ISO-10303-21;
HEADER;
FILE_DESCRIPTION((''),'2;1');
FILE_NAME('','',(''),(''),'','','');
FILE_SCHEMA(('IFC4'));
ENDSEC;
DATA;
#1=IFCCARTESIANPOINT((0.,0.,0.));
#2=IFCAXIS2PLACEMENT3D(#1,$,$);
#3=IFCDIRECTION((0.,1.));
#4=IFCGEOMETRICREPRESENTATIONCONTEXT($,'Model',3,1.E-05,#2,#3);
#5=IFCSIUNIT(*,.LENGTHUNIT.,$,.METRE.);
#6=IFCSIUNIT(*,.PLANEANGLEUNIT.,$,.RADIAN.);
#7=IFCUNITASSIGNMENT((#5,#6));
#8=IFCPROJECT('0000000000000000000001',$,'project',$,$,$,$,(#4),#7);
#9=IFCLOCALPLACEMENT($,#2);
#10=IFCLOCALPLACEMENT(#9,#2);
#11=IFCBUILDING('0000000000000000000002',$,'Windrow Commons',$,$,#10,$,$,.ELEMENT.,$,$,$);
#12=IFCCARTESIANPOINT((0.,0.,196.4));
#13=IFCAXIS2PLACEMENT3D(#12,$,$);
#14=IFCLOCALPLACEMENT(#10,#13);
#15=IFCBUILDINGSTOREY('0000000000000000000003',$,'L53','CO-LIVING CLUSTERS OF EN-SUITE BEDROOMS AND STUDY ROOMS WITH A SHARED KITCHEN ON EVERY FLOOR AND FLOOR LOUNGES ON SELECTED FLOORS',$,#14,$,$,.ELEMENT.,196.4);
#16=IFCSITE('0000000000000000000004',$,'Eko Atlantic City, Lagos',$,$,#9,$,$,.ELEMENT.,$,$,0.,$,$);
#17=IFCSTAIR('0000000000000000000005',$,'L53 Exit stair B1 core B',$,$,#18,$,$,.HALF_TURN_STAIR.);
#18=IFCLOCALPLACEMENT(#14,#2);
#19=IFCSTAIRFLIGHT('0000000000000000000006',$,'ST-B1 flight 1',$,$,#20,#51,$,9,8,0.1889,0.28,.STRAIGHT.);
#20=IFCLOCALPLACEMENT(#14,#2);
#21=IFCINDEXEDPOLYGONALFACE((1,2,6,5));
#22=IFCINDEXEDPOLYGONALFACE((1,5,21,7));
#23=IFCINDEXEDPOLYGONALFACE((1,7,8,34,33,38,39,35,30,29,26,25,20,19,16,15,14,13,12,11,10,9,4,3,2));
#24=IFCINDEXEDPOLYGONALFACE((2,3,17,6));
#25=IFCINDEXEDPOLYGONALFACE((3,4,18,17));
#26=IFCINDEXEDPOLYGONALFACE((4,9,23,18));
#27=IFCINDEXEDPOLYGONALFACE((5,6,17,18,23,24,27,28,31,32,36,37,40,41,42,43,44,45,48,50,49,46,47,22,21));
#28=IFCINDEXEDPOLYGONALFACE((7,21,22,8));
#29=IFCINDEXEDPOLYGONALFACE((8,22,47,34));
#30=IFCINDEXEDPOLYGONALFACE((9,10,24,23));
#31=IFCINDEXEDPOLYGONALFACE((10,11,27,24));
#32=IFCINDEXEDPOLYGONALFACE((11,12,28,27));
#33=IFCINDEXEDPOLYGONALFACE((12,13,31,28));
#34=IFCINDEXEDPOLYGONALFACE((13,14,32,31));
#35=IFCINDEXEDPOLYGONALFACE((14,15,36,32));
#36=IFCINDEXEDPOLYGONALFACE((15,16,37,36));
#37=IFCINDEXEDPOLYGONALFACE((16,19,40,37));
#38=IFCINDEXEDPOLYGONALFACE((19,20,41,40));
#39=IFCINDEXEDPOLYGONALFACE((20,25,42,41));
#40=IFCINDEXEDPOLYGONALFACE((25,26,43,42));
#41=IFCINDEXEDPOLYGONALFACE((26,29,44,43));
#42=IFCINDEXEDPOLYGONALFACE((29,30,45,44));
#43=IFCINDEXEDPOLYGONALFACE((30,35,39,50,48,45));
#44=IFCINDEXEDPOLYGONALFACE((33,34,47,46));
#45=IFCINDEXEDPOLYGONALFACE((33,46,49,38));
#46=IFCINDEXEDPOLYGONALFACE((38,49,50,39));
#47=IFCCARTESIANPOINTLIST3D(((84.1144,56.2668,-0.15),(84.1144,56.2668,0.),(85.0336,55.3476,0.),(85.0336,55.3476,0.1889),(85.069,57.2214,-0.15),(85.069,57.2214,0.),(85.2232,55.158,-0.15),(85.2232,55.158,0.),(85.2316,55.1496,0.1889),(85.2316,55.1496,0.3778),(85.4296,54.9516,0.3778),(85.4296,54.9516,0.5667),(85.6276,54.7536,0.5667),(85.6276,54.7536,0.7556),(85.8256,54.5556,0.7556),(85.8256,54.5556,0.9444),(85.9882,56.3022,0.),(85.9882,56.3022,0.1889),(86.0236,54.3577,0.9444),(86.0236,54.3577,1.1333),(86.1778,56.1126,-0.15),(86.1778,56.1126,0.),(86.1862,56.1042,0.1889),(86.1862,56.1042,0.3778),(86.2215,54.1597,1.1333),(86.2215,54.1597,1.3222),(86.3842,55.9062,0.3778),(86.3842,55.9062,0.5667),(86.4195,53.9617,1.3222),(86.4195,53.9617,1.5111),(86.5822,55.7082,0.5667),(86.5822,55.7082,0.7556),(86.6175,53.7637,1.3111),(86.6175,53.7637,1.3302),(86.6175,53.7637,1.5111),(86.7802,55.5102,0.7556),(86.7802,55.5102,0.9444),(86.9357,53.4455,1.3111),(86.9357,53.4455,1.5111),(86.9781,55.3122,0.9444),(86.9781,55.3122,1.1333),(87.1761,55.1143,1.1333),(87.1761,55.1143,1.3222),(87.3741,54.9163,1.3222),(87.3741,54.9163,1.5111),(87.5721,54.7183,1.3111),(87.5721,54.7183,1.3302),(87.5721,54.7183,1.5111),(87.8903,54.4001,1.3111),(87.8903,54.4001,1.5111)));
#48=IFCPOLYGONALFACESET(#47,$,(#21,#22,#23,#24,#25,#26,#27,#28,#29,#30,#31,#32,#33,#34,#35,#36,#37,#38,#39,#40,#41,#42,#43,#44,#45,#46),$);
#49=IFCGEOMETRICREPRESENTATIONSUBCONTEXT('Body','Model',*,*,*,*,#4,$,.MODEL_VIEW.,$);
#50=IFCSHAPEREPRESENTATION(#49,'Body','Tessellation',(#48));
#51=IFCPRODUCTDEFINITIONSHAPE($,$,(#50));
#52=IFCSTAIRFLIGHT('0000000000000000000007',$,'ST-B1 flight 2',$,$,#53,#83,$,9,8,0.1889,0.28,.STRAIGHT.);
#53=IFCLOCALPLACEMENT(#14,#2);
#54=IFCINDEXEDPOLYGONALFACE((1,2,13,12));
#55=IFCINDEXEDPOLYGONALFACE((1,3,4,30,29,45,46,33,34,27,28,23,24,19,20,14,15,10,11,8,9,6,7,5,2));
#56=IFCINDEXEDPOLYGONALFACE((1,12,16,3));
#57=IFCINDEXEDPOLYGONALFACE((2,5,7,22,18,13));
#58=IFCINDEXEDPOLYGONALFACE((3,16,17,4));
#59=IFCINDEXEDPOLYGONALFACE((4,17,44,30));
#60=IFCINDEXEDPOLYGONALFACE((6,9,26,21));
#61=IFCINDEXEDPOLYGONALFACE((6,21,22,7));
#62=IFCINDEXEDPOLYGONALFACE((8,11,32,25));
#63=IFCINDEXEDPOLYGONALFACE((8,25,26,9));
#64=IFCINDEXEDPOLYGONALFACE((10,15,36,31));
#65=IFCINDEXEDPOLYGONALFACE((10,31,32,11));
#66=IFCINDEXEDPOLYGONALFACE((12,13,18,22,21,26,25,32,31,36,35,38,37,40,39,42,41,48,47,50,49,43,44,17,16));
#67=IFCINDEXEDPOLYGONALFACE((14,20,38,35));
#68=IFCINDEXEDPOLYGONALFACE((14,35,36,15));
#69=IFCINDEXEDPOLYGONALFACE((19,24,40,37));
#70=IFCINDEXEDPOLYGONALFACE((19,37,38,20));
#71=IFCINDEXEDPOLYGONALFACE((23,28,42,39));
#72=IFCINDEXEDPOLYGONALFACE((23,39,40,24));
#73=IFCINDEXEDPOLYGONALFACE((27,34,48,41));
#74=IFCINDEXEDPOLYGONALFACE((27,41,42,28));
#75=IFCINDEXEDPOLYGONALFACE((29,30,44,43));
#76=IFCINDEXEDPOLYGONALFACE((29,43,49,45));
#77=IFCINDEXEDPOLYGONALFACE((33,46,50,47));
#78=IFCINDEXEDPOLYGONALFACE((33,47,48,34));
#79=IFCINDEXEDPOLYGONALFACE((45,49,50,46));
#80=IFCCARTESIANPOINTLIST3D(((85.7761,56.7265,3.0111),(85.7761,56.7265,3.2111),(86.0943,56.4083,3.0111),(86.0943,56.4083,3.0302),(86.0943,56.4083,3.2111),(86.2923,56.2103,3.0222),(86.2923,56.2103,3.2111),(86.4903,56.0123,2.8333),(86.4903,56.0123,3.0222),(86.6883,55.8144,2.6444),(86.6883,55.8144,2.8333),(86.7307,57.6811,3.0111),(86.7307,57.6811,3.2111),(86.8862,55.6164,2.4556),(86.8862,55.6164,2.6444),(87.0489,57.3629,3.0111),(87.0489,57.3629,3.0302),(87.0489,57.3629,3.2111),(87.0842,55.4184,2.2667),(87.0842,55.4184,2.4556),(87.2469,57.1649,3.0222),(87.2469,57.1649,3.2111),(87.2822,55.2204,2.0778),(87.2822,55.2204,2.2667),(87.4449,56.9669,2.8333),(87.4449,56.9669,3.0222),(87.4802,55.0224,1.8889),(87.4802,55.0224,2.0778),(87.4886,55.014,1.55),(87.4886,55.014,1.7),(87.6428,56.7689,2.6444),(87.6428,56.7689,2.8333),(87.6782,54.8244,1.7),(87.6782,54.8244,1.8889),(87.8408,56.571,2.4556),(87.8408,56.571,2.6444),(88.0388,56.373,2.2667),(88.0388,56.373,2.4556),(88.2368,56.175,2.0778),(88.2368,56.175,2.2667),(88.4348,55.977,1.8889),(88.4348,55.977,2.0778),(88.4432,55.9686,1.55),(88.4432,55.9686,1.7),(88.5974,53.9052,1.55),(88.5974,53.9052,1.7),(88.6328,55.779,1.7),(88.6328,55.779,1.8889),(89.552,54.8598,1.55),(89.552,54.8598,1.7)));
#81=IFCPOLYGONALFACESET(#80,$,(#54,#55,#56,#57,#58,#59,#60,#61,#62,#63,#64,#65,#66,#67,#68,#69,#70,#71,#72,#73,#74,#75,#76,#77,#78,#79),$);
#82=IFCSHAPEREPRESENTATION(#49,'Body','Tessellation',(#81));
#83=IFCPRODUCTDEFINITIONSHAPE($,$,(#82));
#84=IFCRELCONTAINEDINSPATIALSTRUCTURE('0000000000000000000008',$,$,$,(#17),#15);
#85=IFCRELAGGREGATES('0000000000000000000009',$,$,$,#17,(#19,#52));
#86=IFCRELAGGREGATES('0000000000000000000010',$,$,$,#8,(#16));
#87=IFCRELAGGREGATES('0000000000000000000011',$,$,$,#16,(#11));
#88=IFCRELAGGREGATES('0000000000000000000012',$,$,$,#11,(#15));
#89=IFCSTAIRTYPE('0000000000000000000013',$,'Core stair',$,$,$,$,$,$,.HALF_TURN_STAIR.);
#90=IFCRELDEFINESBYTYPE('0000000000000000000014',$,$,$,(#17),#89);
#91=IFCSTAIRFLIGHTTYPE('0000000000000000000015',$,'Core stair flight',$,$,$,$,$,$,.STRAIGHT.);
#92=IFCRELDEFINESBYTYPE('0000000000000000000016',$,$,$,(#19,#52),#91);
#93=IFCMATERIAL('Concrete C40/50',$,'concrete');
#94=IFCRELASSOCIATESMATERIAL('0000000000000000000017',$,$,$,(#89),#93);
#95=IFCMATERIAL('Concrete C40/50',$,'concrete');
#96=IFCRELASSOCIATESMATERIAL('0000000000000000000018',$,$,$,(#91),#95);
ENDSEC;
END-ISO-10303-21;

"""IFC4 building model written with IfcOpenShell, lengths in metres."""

from ifc_helpers import new_model, si_unit, direction, frame, origin, place, context, subcontext, project, spatial, polyline, outline, extrude, material, type_object, element, aggregate, save


model = new_model("IFC4")

# Units and contexts
model_context = context("Model", 3, precision=1e-05, world=origin(), true_north=direction((0.0, 1.0)))
body_context = subcontext(model_context, "Body", "Model", "MODEL_VIEW")
ifc_project = project(units=[si_unit("LENGTHUNIT", "METRE"), si_unit("PLANEANGLEUNIT", "RADIAN")], contexts=[model_context])

# Site, building, storey
site_placement = place(None, origin())
site = spatial("IfcSite", under=ifc_project, at=site_placement, Name="Eko Atlantic City, Lagos", CompositionType="ELEMENT", RefElevation=0.0)
building_placement = place(site_placement, origin())
building = spatial("IfcBuilding", under=site, at=building_placement, Name="Windrow Commons", CompositionType="ELEMENT")
storey_placement = place(building_placement, frame((0.0, 0.0, 196.4)))
storey = spatial("IfcBuildingStorey", under=building, at=storey_placement, Name="L53", Description="CO-LIVING CLUSTERS OF EN-SUITE BEDROOMS AND STUDY ROOMS WITH A SHARED KITCHEN ON EVERY FLOOR AND FLOOR LOUNGES ON SELECTED FLOORS", CompositionType="ELEMENT", Elevation=196.4)

# Stair, stair flights
ifc_material_1 = material(Name="Concrete C40/50", Category="concrete")
stair_type = type_object("IfcStairType", Name="Core stair", PredefinedType="HALF_TURN_STAIR", material=ifc_material_1)
stair_placement = place(storey_placement, origin())
stair = element("IfcStair", 1, at=stair_placement, inside=storey, type_object=stair_type, Name="L53 Exit stair B1 core B", PredefinedType="HALF_TURN_STAIR")
ifc_material_2 = material(Name="Concrete C40/50", Category="concrete")
stair_flight_type = type_object("IfcStairFlightType", Name="Core stair flight", PredefinedType="STRAIGHT", material=ifc_material_2)
stair_flight_1_placement = place(storey_placement, frame((85.5109, 55.8249, 0.0), z_axis=(0.0, 0.0, 1.0), x_axis=(0.707107, -0.707107, 0.0)))
stair_flight_1 = element("IfcStairFlight", 2, at=stair_flight_1_placement, type_object=stair_flight_type, Name="ST-B1 flight 1", NumberOfRisers=9, NumberOfTreads=8, PredefinedType="STRAIGHT", RiserHeight=0.1889, TreadLength=0.28, context=body_context, shape_type="SweptSolid", body=[
    extrude(outline(polyline([(-1.3, -0.15), (-1.3, 0.0), (0.0, 0.0), (0.0, 0.1889), (0.28, 0.1889), (0.28, 0.3778), (0.56, 0.3778), (0.56, 0.5667), (0.84, 0.5667), (0.84, 0.7556), (1.12, 0.7556), (1.12, 0.9444), (1.4, 0.9444), (1.4, 1.1333), (1.68, 1.1333), (1.68, 1.3222), (1.96, 1.3222), (1.96, 1.5111), (2.24, 1.5111), (2.69, 1.5111), (2.69, 1.3111), (2.24, 1.3111), (2.24, 1.3302), (0.2682, 0.0), (0.2682, -0.15), (-1.3, -0.15)])), frame((0.0, 0.675, 0.0), z_axis=(0.0, -1.0, 0.0), x_axis=(1.0, 0.0, 0.0)), (0.0, 0.0, 1.0), 1.35),
])
stair_flight_2_placement = place(storey_placement, frame((88.1555, 55.3017, 1.7), z_axis=(0.0, 0.0, 1.0), x_axis=(-0.707107, 0.707107, 0.0)))
stair_flight_2 = element("IfcStairFlight", 3, at=stair_flight_2_placement, type_object=stair_flight_type, Name="ST-B1 flight 2", NumberOfRisers=9, NumberOfTreads=8, PredefinedType="STRAIGHT", RiserHeight=0.1889, TreadLength=0.28, context=body_context, shape_type="SweptSolid", body=[
    extrude(outline(polyline([(-1.3, -0.15), (-1.3, 0.0), (0.0, 0.0), (0.0, 0.1889), (0.28, 0.1889), (0.28, 0.3778), (0.56, 0.3778), (0.56, 0.5667), (0.84, 0.5667), (0.84, 0.7556), (1.12, 0.7556), (1.12, 0.9444), (1.4, 0.9444), (1.4, 1.1333), (1.68, 1.1333), (1.68, 1.3222), (1.96, 1.3222), (1.96, 1.5111), (2.24, 1.5111), (2.69, 1.5111), (2.69, 1.3111), (2.24, 1.3111), (2.24, 1.3302), (0.2682, 0.0), (0.2682, -0.15), (-1.3, -0.15)])), frame((0.0, 0.675, 0.0), z_axis=(0.0, -1.0, 0.0), x_axis=(1.0, 0.0, 0.0)), (0.0, 0.0, 1.0), 1.35),
])
aggregate(stair, [stair_flight_1, stair_flight_2])

save(model, "model.ifc")
